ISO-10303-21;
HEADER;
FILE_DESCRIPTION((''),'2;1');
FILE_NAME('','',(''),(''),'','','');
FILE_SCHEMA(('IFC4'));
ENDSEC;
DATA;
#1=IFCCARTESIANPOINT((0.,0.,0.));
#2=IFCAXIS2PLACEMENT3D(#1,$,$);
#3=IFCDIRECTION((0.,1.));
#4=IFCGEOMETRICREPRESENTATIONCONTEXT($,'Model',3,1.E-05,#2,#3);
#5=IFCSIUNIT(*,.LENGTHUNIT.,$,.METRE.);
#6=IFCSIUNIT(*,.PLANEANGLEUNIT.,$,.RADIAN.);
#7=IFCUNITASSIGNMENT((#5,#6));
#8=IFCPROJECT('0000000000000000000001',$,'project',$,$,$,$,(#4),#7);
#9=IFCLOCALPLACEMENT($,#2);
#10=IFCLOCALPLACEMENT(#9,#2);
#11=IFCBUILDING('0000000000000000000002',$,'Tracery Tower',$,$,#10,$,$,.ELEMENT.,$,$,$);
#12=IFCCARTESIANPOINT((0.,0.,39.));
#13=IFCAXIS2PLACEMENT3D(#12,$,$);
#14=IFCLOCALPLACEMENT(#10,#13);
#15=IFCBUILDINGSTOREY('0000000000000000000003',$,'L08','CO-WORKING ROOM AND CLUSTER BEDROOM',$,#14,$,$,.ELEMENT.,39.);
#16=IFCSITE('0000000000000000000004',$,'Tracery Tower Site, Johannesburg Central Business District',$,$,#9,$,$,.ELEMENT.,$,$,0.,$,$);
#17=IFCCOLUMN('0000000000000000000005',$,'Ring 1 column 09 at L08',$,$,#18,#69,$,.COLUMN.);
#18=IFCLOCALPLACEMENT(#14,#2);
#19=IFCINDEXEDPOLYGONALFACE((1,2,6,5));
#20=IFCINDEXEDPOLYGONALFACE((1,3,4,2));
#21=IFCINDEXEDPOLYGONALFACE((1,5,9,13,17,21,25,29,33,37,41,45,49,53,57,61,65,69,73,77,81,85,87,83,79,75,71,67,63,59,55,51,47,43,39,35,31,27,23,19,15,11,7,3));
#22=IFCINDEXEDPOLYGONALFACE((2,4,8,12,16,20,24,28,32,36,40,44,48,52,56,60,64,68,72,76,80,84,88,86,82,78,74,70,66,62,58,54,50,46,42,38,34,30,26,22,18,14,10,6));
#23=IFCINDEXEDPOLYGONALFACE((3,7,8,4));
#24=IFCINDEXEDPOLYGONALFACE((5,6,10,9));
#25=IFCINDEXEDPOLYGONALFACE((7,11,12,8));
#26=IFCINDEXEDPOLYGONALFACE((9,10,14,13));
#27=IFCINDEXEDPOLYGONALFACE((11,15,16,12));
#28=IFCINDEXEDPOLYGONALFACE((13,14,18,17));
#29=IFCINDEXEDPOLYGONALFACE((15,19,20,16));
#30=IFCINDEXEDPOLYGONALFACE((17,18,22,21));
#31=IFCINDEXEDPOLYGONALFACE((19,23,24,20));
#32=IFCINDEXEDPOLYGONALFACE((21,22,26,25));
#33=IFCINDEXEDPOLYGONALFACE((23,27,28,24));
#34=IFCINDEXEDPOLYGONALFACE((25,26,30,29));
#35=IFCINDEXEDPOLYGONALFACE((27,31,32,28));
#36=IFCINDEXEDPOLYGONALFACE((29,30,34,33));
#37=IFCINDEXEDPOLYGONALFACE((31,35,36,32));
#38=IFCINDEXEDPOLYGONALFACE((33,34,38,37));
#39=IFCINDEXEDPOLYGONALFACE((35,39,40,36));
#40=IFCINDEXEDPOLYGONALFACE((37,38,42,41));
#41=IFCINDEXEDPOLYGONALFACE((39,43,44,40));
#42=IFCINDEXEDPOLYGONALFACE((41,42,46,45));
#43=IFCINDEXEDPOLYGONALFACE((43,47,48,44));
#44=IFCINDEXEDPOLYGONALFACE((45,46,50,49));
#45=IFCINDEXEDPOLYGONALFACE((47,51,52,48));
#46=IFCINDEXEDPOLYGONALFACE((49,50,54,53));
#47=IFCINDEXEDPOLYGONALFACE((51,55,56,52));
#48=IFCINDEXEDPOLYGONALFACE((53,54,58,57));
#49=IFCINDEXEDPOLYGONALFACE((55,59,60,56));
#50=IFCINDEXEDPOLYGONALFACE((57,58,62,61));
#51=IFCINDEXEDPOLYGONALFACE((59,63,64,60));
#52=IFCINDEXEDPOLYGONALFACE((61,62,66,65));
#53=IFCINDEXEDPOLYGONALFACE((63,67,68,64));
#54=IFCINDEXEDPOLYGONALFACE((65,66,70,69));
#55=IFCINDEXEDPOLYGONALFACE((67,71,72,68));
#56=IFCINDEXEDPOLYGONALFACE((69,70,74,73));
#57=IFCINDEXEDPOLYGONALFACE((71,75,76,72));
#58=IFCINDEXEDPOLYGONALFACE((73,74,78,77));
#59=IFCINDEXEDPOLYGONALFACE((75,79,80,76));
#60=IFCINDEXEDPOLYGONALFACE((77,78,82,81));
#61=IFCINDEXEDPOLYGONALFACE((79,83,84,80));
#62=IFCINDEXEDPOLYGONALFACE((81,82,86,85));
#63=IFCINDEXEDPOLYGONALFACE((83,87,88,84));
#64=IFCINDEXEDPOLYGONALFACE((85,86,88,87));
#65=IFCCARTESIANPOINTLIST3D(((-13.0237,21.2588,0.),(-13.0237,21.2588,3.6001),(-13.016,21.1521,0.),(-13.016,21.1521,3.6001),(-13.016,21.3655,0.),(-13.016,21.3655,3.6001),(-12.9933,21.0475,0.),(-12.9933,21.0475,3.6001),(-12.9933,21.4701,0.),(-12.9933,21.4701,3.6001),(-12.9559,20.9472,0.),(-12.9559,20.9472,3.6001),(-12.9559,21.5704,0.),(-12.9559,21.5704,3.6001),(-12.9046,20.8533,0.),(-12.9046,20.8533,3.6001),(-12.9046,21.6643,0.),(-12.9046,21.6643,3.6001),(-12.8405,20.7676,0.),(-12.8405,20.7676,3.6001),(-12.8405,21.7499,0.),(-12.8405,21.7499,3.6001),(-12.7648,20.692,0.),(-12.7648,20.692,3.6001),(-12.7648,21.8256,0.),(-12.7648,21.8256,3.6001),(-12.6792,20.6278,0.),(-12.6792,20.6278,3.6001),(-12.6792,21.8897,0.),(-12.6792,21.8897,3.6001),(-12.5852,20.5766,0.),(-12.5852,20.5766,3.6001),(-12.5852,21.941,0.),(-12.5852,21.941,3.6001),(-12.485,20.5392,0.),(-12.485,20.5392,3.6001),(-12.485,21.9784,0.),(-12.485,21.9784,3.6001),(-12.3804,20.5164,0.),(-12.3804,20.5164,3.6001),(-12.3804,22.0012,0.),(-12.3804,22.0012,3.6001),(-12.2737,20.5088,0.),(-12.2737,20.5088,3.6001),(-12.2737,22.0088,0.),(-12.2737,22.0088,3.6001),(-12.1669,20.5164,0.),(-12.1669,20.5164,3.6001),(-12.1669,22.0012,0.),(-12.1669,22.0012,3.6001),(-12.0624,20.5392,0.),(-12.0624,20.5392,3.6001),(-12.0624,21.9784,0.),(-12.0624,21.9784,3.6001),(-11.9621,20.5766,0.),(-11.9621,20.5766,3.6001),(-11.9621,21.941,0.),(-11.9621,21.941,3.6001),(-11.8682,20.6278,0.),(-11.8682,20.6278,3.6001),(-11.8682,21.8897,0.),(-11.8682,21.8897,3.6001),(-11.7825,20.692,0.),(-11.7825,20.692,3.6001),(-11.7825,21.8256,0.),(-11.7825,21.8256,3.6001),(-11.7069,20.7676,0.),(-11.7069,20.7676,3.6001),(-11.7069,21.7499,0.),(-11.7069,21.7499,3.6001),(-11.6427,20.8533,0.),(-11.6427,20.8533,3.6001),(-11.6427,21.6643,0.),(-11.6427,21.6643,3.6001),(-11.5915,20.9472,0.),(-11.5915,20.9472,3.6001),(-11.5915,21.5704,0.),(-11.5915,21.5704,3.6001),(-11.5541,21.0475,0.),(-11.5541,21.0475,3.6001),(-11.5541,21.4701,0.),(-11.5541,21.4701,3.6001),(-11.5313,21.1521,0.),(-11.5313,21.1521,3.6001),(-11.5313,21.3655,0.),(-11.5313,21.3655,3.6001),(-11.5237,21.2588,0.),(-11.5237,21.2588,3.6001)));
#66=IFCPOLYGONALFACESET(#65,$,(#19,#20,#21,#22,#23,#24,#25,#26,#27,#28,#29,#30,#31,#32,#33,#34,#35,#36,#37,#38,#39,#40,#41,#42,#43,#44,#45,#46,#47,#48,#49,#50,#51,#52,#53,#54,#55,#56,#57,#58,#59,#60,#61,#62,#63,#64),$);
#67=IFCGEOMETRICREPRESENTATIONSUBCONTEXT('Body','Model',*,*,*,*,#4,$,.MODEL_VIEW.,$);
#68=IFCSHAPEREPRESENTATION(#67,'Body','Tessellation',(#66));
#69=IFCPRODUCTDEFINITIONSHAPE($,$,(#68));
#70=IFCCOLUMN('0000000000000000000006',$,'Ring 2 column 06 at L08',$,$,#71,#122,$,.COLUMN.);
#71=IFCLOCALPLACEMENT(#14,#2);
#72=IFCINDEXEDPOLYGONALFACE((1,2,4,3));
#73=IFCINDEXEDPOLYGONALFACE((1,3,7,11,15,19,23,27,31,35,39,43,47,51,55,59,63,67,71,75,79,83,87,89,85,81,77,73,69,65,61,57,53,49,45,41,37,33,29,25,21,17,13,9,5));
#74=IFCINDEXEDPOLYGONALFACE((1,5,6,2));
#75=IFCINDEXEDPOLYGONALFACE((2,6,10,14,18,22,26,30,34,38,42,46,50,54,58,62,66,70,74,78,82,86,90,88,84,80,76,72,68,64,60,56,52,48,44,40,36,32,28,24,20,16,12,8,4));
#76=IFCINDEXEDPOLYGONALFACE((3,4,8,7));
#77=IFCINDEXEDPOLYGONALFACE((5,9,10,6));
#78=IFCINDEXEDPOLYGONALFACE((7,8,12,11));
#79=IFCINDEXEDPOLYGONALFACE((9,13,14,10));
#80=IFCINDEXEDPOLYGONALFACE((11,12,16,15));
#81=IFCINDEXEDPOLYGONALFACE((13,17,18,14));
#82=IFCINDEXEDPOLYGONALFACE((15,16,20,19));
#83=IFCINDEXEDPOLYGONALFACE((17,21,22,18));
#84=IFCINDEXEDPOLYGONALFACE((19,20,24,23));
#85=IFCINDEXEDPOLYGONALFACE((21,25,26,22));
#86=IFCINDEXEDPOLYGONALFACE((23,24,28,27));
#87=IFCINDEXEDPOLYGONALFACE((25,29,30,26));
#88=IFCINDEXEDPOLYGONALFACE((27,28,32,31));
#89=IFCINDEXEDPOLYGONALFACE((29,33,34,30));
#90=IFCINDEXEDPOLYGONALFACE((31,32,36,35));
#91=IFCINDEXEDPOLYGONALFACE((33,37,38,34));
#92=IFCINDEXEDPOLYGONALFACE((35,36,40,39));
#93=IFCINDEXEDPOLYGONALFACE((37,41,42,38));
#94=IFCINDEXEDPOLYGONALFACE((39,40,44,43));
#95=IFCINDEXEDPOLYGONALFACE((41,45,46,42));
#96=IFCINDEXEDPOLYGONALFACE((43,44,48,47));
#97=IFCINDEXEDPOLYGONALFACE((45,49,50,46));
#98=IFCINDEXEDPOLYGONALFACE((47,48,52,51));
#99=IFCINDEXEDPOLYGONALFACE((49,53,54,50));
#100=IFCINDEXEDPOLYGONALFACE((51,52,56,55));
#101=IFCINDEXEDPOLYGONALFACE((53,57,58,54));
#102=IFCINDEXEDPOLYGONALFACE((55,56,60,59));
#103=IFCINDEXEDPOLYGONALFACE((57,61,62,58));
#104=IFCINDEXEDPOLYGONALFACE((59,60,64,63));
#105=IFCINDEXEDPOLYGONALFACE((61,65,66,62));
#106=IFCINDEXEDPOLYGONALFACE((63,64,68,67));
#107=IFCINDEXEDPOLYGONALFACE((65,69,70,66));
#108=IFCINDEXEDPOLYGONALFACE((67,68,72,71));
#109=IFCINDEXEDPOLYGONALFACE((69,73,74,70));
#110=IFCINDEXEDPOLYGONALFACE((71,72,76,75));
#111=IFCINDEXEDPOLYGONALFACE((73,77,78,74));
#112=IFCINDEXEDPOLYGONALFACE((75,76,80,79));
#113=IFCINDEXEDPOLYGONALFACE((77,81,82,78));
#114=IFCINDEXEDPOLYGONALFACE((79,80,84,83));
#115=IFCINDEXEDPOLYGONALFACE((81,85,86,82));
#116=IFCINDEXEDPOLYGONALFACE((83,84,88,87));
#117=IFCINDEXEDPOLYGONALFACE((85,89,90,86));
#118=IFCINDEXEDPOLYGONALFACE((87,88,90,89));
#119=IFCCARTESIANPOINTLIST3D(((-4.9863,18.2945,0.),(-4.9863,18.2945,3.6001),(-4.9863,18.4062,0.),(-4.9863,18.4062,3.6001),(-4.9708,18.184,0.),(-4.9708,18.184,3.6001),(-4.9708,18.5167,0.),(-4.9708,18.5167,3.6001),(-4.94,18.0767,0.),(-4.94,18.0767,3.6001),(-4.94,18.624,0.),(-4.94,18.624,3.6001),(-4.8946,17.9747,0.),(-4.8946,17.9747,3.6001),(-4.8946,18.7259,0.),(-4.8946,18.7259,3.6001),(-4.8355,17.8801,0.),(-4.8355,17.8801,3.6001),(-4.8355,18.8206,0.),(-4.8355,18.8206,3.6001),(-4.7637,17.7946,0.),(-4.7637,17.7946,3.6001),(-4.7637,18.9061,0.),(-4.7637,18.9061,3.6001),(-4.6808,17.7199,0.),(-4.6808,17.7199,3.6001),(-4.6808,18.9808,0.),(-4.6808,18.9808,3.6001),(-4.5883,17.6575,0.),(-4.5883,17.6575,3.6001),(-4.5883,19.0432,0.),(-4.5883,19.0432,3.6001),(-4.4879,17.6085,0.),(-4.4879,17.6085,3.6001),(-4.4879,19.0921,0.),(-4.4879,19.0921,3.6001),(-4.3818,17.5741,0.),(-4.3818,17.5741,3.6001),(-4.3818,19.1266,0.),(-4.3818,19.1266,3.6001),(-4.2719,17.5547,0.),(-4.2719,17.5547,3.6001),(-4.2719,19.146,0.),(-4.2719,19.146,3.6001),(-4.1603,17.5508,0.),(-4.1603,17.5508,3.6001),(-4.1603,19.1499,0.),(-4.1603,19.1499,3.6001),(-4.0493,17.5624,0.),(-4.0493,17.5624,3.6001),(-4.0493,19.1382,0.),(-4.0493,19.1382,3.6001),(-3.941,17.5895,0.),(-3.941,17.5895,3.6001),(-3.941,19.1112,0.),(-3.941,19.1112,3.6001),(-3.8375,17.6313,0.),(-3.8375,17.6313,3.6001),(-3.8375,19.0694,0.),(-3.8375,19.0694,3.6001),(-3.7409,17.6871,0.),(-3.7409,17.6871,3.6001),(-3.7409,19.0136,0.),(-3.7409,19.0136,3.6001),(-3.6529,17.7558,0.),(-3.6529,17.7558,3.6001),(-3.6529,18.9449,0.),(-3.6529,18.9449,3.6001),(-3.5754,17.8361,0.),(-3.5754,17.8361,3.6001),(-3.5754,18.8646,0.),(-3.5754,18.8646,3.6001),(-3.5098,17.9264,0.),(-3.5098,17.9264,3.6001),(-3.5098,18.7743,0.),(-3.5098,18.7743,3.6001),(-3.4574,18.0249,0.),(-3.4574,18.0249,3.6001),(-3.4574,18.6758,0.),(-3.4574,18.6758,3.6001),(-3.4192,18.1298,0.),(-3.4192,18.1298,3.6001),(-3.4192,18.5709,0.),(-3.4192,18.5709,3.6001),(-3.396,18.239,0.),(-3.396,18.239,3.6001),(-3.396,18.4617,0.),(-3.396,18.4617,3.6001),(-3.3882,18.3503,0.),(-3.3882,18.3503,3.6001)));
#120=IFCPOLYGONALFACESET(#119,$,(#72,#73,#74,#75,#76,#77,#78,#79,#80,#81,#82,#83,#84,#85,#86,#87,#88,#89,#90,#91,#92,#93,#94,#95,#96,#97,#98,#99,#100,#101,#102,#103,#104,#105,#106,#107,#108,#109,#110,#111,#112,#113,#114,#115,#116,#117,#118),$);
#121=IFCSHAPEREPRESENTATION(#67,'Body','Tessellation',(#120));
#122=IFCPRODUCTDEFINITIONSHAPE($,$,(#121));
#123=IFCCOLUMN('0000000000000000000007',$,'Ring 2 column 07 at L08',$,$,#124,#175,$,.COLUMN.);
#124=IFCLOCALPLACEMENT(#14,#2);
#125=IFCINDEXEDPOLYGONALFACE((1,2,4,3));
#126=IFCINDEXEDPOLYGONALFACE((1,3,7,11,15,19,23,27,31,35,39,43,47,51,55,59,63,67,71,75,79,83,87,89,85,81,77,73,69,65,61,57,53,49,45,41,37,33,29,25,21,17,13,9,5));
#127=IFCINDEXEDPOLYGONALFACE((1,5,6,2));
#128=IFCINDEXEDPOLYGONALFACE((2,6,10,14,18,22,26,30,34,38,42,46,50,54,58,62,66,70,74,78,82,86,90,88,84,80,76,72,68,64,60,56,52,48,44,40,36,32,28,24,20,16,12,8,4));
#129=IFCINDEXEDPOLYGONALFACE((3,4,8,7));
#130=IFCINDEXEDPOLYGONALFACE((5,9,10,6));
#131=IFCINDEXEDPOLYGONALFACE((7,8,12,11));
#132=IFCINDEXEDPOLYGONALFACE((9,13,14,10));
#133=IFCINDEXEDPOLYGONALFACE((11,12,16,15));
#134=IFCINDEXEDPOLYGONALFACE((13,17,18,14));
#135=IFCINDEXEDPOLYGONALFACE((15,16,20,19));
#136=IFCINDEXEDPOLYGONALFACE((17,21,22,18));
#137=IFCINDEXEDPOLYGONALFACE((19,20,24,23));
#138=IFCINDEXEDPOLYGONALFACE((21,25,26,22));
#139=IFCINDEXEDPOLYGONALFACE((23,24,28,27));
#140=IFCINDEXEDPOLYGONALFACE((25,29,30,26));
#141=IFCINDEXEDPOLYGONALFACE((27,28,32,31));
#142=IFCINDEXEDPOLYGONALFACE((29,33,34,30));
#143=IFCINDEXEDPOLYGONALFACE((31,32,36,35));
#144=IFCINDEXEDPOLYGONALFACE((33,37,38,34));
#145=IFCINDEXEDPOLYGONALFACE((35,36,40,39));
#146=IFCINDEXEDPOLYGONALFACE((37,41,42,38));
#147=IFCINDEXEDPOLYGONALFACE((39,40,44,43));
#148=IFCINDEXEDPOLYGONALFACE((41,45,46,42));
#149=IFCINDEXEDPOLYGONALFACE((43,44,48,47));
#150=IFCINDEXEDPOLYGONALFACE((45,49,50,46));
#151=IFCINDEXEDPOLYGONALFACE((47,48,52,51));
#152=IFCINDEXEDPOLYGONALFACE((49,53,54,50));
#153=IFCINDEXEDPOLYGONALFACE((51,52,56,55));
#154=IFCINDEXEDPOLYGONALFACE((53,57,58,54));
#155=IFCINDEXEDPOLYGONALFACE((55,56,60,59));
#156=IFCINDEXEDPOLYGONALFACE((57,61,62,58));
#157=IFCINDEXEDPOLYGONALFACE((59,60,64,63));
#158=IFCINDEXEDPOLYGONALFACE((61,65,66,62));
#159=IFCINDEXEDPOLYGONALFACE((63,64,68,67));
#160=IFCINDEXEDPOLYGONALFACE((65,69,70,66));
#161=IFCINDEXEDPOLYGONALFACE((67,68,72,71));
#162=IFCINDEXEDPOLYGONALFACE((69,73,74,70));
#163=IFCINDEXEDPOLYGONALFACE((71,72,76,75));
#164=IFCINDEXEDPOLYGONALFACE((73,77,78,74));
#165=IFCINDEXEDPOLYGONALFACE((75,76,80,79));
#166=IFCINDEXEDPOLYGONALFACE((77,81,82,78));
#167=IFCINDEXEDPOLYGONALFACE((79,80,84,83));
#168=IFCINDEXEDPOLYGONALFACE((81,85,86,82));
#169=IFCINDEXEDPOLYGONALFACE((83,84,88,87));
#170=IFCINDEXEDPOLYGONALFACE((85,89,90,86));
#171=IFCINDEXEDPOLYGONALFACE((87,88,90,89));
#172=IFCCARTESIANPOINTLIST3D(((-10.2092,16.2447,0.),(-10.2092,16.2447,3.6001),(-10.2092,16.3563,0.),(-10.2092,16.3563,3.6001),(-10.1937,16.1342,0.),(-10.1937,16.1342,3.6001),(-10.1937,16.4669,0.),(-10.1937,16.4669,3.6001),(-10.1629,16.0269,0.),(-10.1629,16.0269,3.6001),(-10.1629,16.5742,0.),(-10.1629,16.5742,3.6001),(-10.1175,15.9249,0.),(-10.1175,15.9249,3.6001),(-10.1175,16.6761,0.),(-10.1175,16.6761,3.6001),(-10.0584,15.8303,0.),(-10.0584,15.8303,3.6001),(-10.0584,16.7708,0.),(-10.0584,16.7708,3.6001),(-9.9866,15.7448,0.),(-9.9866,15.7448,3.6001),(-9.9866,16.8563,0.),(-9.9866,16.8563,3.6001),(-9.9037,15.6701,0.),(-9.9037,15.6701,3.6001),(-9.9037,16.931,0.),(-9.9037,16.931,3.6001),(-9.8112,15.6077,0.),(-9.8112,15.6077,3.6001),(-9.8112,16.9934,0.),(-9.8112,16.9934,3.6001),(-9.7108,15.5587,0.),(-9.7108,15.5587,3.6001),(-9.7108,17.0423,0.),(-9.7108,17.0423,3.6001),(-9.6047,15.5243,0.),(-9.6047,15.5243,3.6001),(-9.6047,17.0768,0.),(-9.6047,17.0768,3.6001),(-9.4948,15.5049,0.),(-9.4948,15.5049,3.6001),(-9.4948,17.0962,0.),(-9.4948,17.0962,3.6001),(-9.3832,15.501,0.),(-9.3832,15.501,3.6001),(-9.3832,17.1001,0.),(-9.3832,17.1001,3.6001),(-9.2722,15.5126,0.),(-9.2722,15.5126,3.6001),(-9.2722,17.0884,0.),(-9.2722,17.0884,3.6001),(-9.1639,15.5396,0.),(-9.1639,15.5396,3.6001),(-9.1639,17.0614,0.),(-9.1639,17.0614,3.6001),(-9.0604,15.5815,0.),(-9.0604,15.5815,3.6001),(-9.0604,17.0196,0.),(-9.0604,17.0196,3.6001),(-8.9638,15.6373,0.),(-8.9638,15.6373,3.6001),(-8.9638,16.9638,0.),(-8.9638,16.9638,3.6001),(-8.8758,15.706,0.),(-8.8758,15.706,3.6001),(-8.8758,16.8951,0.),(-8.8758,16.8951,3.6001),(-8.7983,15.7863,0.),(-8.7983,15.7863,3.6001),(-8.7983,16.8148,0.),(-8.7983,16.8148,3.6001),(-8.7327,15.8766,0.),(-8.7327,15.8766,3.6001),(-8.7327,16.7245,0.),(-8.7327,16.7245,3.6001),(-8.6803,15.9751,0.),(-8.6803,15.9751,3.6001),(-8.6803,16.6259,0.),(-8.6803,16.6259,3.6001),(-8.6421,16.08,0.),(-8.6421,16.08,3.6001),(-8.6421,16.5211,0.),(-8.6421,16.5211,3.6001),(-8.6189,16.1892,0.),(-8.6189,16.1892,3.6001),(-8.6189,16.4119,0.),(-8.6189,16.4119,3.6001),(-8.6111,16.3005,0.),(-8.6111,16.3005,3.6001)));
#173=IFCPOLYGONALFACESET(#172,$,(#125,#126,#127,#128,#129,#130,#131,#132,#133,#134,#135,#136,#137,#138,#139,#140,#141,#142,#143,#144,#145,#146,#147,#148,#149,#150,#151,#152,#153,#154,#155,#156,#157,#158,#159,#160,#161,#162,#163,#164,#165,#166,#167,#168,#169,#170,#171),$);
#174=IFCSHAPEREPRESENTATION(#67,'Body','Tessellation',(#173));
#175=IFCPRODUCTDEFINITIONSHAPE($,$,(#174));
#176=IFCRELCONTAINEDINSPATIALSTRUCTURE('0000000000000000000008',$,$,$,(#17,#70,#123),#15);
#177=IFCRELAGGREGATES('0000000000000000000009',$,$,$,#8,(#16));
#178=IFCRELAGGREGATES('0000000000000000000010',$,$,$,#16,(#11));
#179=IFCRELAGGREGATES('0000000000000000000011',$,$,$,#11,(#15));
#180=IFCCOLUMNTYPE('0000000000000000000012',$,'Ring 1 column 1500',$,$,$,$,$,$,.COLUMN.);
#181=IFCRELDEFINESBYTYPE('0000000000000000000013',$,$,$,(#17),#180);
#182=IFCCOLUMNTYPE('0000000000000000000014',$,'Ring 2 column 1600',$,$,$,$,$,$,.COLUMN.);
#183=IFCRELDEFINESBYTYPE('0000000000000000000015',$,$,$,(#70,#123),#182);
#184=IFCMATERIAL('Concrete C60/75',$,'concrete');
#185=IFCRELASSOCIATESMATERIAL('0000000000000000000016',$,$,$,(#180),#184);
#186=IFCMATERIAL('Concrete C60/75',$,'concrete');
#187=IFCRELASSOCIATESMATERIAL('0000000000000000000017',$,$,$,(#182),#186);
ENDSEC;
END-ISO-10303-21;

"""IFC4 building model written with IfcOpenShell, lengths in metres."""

from ifc_helpers import new_model, si_unit, direction, frame, origin, origin_2d, place, context, subcontext, project, spatial, circle, extrude, material, material_profile, profile_set, type_object, element, save


model = new_model("IFC4")

# Units and contexts
model_context = context("Model", 3, precision=1e-05, world=origin(), true_north=direction((0.0, 1.0)))
body_context = subcontext(model_context, "Body", "Model", "MODEL_VIEW")
ifc_project = project(units=[si_unit("LENGTHUNIT", "METRE"), si_unit("PLANEANGLEUNIT", "RADIAN")], contexts=[model_context])

# Site, building, storey
site_placement = place(None, origin())
site = spatial("IfcSite", under=ifc_project, at=site_placement, Name="Tracery Tower Site, Johannesburg Central Business District", CompositionType="ELEMENT", RefElevation=0.0)
building_placement = place(site_placement, origin())
building = spatial("IfcBuilding", under=site, at=building_placement, Name="Tracery Tower", CompositionType="ELEMENT")
storey_placement = place(building_placement, frame((0.0, 0.0, 39.0)))
storey = spatial("IfcBuildingStorey", under=building, at=storey_placement, Name="L08", Description="CO-WORKING ROOM AND CLUSTER BEDROOM", CompositionType="ELEMENT", Elevation=39.0)

# Columns
ifc_material_1 = material(Name="Concrete C60/75", Category="concrete")
ifc_material_profile_1 = material_profile(ifc_material_1, circle(Radius=0.75, at=origin_2d()), Name="RC D1500")
ifc_profile_set_1 = profile_set([ifc_material_profile_1], Name="Concrete C60/75")
column_type_1 = type_object("IfcColumnType", Name="Ring 1 column 1500", PredefinedType="COLUMN", material=ifc_profile_set_1)
column_placement = place(storey_placement, frame((-12.2737, 21.2588, 0.0), z_axis=(0.0, 0.0, 1.0), x_axis=(1.0, 0.0, 0.0)))
element("IfcColumn", 1, at=column_placement, inside=storey, type_object=column_type_1, Name="Ring 1 column 09 at L08", PredefinedType="COLUMN", context=body_context, shape_type="SweptSolid", body=[
    extrude(circle(Radius=0.75, at=origin_2d()), origin(), (0.0, 0.0, 1.0), 3.6001),
])
ifc_material_2 = material(Name="Concrete C60/75", Category="concrete")
ifc_material_profile_2 = material_profile(ifc_material_2, circle(Radius=0.8, at=origin_2d()), Name="RC D1600")
ifc_profile_set_2 = profile_set([ifc_material_profile_2], Name="Concrete C60/75")
column_type_2 = type_object("IfcColumnType", Name="Ring 2 column 1600", PredefinedType="COLUMN", material=ifc_profile_set_2)
for number, where, z_axis, x_axis, name in (
    (2, (-4.1882, 18.3503, 0.0), (0.0, 0.0, 1.0), (1.0, 0.0, 0.0), "Ring 2 column 06 at L08"),
    (3, (-9.4111, 16.3005, 0.0), (0.0, 0.0, 1.0), (1.0, 0.0, 0.0), "Ring 2 column 07 at L08"),
):
    element("IfcColumn", number, at=place(storey_placement, frame(where, z_axis=z_axis, x_axis=x_axis)), inside=storey, type_object=column_type_2, Name=name, PredefinedType="COLUMN", context=body_context, shape_type="SweptSolid", body=[
        extrude(circle(Radius=0.8, at=origin_2d()), origin(), (0.0, 0.0, 1.0), 3.6001),
    ])

save(model, "model.ifc")
